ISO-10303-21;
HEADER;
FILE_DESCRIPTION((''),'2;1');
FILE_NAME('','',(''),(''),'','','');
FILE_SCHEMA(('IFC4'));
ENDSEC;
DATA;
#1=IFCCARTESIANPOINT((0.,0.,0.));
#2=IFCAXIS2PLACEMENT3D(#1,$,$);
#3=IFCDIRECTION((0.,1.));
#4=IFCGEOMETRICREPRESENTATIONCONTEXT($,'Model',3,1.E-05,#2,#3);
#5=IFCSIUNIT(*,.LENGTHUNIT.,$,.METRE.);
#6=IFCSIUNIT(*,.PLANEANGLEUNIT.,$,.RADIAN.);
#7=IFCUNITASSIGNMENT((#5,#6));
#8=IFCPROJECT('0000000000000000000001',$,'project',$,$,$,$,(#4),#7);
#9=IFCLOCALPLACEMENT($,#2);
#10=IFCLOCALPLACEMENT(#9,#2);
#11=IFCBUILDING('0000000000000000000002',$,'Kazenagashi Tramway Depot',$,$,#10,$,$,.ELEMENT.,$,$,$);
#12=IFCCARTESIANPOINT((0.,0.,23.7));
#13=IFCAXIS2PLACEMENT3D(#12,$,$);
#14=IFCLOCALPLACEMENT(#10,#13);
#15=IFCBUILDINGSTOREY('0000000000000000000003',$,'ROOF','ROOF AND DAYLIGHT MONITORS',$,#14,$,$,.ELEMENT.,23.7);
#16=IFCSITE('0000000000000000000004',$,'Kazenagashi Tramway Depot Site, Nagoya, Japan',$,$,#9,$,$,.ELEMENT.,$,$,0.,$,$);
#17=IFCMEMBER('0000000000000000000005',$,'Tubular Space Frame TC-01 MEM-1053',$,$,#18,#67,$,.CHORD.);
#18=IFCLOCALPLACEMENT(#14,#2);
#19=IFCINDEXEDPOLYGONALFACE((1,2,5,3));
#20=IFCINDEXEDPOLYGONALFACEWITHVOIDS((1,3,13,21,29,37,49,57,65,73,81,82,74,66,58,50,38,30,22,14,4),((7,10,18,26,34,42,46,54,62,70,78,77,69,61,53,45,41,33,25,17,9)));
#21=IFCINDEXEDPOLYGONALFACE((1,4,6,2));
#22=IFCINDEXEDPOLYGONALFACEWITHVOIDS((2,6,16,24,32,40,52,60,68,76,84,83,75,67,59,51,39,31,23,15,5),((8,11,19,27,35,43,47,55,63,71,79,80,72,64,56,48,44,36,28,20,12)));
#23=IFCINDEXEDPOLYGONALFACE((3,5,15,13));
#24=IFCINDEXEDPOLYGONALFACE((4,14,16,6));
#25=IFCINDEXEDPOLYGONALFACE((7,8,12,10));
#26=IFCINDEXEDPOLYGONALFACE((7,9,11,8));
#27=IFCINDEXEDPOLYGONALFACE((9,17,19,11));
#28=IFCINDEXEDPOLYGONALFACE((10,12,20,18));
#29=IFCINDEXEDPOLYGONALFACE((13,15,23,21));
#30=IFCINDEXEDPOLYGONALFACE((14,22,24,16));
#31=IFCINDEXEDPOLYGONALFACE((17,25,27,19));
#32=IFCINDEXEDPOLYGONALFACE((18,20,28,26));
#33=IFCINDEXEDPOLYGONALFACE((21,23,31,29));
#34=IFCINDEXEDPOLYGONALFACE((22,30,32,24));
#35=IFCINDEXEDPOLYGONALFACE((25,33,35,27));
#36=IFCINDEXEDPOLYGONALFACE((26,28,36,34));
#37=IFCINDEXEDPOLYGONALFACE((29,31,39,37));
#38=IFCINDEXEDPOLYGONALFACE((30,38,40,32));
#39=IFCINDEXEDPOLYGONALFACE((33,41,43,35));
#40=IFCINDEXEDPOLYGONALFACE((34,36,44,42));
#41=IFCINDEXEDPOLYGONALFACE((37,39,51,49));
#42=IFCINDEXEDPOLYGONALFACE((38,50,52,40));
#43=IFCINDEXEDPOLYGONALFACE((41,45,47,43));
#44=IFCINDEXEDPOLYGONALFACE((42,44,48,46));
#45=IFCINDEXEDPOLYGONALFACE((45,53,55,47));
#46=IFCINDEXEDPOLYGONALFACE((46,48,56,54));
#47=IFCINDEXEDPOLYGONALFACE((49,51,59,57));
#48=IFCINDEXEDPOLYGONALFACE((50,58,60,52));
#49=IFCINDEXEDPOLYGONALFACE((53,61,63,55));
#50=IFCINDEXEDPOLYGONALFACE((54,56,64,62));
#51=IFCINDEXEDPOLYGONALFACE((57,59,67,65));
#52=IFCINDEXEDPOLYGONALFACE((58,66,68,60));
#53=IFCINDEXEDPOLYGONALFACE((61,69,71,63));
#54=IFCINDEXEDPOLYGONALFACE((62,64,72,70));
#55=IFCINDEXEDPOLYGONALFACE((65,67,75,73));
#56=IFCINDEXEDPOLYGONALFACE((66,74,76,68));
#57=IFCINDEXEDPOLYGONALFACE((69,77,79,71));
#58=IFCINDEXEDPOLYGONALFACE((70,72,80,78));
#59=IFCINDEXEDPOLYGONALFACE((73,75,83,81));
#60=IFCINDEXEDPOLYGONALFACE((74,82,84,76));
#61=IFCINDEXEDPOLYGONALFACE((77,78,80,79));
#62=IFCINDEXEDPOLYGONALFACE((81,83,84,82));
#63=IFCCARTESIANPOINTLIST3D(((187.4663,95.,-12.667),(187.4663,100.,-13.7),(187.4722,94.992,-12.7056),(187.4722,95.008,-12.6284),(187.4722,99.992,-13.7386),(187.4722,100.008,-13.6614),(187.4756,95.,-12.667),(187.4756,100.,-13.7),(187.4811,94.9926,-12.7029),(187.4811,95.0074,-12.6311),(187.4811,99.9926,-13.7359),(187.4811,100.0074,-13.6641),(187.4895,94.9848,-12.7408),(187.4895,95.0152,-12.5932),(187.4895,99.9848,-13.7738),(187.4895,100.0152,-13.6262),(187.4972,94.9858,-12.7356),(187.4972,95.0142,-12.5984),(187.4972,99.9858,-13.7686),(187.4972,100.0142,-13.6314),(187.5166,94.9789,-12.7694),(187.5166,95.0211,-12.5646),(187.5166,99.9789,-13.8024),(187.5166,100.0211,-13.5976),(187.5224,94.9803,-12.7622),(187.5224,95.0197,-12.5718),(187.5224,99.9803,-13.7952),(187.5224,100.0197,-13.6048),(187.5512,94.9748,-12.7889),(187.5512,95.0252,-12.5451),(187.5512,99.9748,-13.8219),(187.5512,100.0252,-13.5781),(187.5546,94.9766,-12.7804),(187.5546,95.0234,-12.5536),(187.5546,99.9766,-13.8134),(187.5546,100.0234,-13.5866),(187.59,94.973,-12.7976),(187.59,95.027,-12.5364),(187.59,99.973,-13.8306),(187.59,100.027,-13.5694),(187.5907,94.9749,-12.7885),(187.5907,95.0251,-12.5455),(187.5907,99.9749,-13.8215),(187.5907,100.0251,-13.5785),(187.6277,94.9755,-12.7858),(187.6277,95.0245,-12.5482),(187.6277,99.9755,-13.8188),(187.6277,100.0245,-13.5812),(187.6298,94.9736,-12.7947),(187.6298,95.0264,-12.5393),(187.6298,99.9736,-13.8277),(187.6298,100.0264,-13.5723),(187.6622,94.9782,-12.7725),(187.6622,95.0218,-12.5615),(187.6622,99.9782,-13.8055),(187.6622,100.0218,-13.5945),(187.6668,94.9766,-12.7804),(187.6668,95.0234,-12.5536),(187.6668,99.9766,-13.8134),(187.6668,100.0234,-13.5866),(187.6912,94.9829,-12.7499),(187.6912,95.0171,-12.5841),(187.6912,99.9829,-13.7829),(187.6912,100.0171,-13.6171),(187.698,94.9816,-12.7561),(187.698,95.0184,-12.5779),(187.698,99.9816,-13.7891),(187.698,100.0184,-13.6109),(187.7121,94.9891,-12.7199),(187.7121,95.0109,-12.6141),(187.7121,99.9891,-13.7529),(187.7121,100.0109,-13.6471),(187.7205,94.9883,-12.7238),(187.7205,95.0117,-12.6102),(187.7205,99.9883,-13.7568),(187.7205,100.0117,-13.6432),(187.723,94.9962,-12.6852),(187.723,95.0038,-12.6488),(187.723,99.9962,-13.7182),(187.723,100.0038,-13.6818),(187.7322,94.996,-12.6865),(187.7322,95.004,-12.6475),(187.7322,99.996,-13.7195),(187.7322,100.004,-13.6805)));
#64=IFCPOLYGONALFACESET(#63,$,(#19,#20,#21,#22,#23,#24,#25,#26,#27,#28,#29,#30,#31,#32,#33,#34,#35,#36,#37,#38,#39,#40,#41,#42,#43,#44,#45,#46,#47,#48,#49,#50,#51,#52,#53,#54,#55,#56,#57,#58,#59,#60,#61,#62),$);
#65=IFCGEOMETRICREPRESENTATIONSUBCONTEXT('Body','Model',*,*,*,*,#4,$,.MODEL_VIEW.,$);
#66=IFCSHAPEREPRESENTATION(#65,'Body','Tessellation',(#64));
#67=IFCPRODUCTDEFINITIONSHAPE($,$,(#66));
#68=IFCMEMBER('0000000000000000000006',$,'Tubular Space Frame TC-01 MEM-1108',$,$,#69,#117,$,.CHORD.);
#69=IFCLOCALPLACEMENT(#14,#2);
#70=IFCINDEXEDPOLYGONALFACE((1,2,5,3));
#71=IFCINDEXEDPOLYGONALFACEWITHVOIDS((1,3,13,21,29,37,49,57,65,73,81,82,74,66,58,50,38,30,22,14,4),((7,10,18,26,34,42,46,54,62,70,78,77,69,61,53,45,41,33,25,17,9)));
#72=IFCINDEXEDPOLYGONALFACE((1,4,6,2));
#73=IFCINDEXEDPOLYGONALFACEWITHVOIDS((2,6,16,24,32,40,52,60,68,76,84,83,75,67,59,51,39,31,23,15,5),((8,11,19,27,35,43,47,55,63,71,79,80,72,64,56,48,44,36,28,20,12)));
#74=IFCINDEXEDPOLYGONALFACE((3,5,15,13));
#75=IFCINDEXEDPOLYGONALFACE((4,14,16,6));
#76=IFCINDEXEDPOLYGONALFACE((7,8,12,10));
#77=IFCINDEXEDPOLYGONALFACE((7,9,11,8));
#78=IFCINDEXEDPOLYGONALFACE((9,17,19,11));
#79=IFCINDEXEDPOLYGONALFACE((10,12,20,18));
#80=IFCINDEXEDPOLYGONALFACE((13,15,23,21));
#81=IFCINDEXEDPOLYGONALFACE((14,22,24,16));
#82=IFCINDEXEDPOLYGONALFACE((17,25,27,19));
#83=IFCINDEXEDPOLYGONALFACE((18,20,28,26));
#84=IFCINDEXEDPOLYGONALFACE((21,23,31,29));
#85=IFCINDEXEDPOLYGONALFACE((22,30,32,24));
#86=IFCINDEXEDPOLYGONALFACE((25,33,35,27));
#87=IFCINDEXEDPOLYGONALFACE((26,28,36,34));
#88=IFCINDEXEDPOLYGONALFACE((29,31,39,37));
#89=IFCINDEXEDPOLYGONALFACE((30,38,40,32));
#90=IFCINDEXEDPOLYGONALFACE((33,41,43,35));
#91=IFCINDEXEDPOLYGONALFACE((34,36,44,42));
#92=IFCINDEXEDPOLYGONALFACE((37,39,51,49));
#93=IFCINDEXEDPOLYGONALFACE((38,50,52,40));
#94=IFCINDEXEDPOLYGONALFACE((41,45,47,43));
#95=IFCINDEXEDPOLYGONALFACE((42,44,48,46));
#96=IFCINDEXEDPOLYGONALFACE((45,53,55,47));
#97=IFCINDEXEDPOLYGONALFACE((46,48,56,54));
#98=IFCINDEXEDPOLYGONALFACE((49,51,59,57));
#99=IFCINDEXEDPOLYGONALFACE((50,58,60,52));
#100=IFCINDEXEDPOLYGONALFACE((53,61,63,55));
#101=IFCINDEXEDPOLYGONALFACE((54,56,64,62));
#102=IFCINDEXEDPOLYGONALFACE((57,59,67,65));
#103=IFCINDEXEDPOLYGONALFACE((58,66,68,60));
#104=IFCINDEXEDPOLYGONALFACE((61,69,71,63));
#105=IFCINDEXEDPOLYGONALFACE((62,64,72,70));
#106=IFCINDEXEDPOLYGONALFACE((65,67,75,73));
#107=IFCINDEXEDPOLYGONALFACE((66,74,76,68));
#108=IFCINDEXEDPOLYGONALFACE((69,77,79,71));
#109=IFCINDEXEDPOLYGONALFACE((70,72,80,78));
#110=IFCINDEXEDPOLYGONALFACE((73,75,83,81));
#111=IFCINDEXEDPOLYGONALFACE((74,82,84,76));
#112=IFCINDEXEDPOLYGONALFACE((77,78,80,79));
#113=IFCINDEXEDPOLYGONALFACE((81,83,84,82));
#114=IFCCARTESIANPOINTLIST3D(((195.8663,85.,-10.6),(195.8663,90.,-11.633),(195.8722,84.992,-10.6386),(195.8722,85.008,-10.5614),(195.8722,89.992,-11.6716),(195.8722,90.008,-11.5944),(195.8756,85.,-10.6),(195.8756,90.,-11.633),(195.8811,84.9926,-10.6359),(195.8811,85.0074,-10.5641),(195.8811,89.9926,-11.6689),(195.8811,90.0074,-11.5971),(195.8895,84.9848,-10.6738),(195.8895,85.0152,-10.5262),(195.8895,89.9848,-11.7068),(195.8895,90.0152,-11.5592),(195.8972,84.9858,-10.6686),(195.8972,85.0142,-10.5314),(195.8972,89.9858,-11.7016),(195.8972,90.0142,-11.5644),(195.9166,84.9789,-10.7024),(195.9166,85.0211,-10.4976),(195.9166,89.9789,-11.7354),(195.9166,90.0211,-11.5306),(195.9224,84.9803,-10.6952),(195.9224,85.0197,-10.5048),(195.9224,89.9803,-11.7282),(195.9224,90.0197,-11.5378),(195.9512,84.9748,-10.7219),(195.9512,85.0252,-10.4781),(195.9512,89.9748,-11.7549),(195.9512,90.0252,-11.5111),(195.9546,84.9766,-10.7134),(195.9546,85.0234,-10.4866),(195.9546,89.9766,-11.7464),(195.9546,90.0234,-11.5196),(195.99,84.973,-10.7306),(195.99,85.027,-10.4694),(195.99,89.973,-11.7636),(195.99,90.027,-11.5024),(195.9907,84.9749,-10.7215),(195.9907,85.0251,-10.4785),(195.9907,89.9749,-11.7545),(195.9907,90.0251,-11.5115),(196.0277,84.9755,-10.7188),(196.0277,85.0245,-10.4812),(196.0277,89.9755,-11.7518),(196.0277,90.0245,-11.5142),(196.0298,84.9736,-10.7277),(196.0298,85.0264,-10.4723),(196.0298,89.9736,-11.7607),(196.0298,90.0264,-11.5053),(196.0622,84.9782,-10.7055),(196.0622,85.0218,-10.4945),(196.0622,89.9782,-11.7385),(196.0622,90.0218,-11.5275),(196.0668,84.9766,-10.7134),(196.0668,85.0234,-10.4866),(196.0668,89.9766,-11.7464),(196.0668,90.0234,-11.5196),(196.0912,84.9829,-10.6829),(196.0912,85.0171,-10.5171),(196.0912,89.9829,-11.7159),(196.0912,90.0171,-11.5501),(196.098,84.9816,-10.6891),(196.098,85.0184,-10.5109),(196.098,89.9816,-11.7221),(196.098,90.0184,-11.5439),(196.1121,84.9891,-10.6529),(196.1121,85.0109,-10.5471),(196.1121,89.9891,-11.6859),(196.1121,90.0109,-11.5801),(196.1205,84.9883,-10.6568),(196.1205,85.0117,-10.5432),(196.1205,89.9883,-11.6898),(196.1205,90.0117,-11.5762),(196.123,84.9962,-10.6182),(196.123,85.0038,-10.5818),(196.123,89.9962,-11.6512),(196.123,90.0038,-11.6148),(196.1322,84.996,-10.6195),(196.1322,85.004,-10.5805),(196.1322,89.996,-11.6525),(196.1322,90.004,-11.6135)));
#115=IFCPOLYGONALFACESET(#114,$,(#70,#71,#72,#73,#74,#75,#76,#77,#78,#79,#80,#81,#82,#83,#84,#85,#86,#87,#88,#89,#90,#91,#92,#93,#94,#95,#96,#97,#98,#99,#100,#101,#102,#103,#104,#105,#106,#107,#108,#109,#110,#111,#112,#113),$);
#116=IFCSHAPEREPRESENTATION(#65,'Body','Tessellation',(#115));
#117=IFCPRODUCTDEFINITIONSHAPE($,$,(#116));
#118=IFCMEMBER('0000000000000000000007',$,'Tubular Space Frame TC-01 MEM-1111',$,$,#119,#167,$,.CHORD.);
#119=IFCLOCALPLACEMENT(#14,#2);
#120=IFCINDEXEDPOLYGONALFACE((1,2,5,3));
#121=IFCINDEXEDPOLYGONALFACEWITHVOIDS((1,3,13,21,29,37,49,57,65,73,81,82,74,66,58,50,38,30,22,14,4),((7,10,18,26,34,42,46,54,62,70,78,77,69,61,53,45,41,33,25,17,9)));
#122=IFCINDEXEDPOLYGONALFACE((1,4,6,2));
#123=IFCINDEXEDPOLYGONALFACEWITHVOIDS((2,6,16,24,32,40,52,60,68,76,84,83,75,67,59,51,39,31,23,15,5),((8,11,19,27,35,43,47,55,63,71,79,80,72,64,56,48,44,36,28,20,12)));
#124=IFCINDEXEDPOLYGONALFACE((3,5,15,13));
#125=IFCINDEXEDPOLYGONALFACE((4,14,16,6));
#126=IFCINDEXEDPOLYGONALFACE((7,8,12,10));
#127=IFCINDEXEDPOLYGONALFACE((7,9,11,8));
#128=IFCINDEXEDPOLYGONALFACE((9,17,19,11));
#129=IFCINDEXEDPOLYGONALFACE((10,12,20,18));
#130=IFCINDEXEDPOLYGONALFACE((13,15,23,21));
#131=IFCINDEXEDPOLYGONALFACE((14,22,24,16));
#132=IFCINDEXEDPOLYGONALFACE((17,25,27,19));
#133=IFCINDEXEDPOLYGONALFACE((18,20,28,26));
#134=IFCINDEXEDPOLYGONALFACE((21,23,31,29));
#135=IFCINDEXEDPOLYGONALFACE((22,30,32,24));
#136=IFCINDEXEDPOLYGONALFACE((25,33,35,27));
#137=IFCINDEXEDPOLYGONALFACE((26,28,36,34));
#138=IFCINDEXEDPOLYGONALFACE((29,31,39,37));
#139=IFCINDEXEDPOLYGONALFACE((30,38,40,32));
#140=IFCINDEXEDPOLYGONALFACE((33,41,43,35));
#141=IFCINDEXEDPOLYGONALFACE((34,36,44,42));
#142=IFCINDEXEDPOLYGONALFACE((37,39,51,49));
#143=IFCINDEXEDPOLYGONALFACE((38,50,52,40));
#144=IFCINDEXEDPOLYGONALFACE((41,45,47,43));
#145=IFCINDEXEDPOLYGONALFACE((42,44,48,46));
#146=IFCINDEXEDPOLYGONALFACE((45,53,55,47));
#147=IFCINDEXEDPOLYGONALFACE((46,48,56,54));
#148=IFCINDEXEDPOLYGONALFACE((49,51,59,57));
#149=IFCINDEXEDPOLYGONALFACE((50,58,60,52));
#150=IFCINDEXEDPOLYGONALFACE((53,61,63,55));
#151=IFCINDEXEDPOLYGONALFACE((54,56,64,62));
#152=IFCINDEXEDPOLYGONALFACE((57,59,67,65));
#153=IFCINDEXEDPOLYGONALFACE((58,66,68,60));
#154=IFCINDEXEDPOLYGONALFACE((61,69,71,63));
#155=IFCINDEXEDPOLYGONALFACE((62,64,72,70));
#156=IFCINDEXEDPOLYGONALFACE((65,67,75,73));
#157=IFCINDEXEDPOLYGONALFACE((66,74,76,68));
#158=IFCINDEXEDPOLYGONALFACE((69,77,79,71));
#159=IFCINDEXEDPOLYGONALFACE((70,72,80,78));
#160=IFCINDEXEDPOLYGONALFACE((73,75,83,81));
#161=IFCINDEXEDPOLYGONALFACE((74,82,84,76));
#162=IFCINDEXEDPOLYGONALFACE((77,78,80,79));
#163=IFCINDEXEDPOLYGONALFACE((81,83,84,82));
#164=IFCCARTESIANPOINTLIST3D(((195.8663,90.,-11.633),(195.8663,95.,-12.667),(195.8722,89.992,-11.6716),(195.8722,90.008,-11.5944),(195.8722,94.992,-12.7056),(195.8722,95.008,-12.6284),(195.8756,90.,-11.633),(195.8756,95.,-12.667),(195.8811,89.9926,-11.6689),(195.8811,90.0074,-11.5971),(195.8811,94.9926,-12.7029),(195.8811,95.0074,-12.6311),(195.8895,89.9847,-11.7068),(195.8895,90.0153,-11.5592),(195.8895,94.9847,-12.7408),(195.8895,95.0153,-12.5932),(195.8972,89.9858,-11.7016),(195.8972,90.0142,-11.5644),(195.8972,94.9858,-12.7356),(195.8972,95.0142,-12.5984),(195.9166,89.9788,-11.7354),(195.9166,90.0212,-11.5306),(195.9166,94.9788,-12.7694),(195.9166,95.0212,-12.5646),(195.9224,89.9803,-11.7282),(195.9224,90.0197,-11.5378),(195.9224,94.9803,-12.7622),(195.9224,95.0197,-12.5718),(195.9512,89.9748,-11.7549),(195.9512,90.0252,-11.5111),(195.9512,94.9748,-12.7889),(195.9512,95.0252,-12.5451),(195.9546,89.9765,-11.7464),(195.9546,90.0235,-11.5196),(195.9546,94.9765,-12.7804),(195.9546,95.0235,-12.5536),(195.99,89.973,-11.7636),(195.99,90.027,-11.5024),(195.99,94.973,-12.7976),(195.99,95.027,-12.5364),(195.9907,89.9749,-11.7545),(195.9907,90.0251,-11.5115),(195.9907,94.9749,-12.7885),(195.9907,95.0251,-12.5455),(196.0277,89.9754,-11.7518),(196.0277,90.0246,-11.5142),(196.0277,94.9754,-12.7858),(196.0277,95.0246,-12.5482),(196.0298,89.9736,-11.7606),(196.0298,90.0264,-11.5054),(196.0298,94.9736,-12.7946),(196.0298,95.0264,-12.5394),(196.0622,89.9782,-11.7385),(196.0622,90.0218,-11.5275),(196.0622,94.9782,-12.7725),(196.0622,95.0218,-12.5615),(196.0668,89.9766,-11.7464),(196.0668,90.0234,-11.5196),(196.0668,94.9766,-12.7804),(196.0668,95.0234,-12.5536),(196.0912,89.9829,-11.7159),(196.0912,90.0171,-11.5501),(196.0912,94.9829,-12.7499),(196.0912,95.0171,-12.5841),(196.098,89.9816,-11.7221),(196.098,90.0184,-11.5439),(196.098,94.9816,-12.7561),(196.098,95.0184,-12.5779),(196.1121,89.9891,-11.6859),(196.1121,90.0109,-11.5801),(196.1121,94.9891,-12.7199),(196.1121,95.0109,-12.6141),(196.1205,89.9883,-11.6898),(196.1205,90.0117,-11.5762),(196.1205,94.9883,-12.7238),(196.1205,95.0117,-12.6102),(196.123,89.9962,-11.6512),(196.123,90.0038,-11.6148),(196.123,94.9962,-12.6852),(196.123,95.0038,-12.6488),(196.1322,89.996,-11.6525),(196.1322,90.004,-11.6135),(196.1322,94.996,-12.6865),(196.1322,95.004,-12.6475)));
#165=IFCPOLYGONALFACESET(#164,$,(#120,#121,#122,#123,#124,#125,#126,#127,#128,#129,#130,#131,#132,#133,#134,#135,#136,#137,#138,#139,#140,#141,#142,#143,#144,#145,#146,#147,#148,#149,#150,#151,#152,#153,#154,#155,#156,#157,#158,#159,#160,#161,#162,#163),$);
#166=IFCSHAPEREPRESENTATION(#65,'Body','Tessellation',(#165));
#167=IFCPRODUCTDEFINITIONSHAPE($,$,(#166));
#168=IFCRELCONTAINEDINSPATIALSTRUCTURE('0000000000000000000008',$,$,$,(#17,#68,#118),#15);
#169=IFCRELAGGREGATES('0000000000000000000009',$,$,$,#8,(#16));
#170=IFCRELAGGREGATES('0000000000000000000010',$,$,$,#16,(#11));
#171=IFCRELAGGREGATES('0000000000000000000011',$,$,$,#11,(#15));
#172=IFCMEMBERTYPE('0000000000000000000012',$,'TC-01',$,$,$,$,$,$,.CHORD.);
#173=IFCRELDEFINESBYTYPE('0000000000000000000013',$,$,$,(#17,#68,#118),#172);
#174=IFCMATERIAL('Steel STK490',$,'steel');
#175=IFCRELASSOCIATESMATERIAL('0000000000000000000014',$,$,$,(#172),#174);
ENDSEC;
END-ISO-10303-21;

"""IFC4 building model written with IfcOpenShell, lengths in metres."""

from ifc_helpers import new_model, si_unit, direction, frame, origin, origin_2d, place, context, subcontext, project, spatial, hollow_circle, extrude, material, material_profile, profile_set, type_object, element, save


model = new_model("IFC4")

# Units and contexts
model_context = context("Model", 3, precision=1e-05, world=origin(), true_north=direction((0.0, 1.0)))
body_context = subcontext(model_context, "Body", "Model", "MODEL_VIEW")
ifc_project = project(units=[si_unit("LENGTHUNIT", "METRE"), si_unit("PLANEANGLEUNIT", "RADIAN")], contexts=[model_context])

# Site, building, storey
site_placement = place(None, origin())
site = spatial("IfcSite", under=ifc_project, at=site_placement, Name="Kazenagashi Tramway Depot Site, Nagoya, Japan", CompositionType="ELEMENT", RefElevation=0.0)
building_placement = place(site_placement, origin())
building = spatial("IfcBuilding", under=site, at=building_placement, Name="Kazenagashi Tramway Depot", CompositionType="ELEMENT")
storey_placement = place(building_placement, frame((0.0, 0.0, 23.7)))
storey = spatial("IfcBuildingStorey", under=building, at=storey_placement, Name="ROOF", Description="ROOF AND DAYLIGHT MONITORS", CompositionType="ELEMENT", Elevation=23.7)

# Members
ifc_material_1 = material(Name="Steel STK490", Category="steel")
ifc_material_profile_1 = material_profile(ifc_material_1, hollow_circle(Radius=0.1337, WallThickness=0.0093, at=origin_2d()), Name="CHS-267.4x9.3")
ifc_profile_set_1 = profile_set([ifc_material_profile_1], Name="Steel STK490")
member_type_1 = type_object("IfcMemberType", Name="TC-01", PredefinedType="CHORD", material=ifc_profile_set_1)
for number, where, z_axis, x_axis, name in (
    (1, (187.6, 95.0, -12.667), (0.0, 0.979318, -0.202327), (-1.0, 0.0, 0.0), "Tubular Space Frame TC-01 MEM-1053"),
    (2, (196.0, 85.0, -10.6), (0.0, 0.979318, -0.202327), (-1.0, 0.0, 0.0), "Tubular Space Frame TC-01 MEM-1108"),
):
    element("IfcMember", number, at=place(storey_placement, frame(where, z_axis=z_axis, x_axis=x_axis)), inside=storey, type_object=member_type_1, Name=name, PredefinedType="CHORD", context=body_context, shape_type="SweptSolid", body=[
        extrude(hollow_circle(Radius=0.1337, WallThickness=0.0093, at=origin_2d()), origin(), (0.0, 0.0, 1.0), 5.1056),
    ])
member_1_placement = place(storey_placement, frame((196.0, 90.0, -11.633), z_axis=(0.0, 0.979279, -0.202515), x_axis=(-1.0, 0.0, 0.0)))
element("IfcMember", 3, at=member_1_placement, inside=storey, type_object=member_type_1, Name="Tubular Space Frame TC-01 MEM-1111", PredefinedType="CHORD", context=body_context, shape_type="SweptSolid", body=[
    extrude(hollow_circle(Radius=0.1337, WallThickness=0.0093, at=origin_2d()), origin(), (0.0, 0.0, 1.0), 5.1058),
])

save(model, "model.ifc")
